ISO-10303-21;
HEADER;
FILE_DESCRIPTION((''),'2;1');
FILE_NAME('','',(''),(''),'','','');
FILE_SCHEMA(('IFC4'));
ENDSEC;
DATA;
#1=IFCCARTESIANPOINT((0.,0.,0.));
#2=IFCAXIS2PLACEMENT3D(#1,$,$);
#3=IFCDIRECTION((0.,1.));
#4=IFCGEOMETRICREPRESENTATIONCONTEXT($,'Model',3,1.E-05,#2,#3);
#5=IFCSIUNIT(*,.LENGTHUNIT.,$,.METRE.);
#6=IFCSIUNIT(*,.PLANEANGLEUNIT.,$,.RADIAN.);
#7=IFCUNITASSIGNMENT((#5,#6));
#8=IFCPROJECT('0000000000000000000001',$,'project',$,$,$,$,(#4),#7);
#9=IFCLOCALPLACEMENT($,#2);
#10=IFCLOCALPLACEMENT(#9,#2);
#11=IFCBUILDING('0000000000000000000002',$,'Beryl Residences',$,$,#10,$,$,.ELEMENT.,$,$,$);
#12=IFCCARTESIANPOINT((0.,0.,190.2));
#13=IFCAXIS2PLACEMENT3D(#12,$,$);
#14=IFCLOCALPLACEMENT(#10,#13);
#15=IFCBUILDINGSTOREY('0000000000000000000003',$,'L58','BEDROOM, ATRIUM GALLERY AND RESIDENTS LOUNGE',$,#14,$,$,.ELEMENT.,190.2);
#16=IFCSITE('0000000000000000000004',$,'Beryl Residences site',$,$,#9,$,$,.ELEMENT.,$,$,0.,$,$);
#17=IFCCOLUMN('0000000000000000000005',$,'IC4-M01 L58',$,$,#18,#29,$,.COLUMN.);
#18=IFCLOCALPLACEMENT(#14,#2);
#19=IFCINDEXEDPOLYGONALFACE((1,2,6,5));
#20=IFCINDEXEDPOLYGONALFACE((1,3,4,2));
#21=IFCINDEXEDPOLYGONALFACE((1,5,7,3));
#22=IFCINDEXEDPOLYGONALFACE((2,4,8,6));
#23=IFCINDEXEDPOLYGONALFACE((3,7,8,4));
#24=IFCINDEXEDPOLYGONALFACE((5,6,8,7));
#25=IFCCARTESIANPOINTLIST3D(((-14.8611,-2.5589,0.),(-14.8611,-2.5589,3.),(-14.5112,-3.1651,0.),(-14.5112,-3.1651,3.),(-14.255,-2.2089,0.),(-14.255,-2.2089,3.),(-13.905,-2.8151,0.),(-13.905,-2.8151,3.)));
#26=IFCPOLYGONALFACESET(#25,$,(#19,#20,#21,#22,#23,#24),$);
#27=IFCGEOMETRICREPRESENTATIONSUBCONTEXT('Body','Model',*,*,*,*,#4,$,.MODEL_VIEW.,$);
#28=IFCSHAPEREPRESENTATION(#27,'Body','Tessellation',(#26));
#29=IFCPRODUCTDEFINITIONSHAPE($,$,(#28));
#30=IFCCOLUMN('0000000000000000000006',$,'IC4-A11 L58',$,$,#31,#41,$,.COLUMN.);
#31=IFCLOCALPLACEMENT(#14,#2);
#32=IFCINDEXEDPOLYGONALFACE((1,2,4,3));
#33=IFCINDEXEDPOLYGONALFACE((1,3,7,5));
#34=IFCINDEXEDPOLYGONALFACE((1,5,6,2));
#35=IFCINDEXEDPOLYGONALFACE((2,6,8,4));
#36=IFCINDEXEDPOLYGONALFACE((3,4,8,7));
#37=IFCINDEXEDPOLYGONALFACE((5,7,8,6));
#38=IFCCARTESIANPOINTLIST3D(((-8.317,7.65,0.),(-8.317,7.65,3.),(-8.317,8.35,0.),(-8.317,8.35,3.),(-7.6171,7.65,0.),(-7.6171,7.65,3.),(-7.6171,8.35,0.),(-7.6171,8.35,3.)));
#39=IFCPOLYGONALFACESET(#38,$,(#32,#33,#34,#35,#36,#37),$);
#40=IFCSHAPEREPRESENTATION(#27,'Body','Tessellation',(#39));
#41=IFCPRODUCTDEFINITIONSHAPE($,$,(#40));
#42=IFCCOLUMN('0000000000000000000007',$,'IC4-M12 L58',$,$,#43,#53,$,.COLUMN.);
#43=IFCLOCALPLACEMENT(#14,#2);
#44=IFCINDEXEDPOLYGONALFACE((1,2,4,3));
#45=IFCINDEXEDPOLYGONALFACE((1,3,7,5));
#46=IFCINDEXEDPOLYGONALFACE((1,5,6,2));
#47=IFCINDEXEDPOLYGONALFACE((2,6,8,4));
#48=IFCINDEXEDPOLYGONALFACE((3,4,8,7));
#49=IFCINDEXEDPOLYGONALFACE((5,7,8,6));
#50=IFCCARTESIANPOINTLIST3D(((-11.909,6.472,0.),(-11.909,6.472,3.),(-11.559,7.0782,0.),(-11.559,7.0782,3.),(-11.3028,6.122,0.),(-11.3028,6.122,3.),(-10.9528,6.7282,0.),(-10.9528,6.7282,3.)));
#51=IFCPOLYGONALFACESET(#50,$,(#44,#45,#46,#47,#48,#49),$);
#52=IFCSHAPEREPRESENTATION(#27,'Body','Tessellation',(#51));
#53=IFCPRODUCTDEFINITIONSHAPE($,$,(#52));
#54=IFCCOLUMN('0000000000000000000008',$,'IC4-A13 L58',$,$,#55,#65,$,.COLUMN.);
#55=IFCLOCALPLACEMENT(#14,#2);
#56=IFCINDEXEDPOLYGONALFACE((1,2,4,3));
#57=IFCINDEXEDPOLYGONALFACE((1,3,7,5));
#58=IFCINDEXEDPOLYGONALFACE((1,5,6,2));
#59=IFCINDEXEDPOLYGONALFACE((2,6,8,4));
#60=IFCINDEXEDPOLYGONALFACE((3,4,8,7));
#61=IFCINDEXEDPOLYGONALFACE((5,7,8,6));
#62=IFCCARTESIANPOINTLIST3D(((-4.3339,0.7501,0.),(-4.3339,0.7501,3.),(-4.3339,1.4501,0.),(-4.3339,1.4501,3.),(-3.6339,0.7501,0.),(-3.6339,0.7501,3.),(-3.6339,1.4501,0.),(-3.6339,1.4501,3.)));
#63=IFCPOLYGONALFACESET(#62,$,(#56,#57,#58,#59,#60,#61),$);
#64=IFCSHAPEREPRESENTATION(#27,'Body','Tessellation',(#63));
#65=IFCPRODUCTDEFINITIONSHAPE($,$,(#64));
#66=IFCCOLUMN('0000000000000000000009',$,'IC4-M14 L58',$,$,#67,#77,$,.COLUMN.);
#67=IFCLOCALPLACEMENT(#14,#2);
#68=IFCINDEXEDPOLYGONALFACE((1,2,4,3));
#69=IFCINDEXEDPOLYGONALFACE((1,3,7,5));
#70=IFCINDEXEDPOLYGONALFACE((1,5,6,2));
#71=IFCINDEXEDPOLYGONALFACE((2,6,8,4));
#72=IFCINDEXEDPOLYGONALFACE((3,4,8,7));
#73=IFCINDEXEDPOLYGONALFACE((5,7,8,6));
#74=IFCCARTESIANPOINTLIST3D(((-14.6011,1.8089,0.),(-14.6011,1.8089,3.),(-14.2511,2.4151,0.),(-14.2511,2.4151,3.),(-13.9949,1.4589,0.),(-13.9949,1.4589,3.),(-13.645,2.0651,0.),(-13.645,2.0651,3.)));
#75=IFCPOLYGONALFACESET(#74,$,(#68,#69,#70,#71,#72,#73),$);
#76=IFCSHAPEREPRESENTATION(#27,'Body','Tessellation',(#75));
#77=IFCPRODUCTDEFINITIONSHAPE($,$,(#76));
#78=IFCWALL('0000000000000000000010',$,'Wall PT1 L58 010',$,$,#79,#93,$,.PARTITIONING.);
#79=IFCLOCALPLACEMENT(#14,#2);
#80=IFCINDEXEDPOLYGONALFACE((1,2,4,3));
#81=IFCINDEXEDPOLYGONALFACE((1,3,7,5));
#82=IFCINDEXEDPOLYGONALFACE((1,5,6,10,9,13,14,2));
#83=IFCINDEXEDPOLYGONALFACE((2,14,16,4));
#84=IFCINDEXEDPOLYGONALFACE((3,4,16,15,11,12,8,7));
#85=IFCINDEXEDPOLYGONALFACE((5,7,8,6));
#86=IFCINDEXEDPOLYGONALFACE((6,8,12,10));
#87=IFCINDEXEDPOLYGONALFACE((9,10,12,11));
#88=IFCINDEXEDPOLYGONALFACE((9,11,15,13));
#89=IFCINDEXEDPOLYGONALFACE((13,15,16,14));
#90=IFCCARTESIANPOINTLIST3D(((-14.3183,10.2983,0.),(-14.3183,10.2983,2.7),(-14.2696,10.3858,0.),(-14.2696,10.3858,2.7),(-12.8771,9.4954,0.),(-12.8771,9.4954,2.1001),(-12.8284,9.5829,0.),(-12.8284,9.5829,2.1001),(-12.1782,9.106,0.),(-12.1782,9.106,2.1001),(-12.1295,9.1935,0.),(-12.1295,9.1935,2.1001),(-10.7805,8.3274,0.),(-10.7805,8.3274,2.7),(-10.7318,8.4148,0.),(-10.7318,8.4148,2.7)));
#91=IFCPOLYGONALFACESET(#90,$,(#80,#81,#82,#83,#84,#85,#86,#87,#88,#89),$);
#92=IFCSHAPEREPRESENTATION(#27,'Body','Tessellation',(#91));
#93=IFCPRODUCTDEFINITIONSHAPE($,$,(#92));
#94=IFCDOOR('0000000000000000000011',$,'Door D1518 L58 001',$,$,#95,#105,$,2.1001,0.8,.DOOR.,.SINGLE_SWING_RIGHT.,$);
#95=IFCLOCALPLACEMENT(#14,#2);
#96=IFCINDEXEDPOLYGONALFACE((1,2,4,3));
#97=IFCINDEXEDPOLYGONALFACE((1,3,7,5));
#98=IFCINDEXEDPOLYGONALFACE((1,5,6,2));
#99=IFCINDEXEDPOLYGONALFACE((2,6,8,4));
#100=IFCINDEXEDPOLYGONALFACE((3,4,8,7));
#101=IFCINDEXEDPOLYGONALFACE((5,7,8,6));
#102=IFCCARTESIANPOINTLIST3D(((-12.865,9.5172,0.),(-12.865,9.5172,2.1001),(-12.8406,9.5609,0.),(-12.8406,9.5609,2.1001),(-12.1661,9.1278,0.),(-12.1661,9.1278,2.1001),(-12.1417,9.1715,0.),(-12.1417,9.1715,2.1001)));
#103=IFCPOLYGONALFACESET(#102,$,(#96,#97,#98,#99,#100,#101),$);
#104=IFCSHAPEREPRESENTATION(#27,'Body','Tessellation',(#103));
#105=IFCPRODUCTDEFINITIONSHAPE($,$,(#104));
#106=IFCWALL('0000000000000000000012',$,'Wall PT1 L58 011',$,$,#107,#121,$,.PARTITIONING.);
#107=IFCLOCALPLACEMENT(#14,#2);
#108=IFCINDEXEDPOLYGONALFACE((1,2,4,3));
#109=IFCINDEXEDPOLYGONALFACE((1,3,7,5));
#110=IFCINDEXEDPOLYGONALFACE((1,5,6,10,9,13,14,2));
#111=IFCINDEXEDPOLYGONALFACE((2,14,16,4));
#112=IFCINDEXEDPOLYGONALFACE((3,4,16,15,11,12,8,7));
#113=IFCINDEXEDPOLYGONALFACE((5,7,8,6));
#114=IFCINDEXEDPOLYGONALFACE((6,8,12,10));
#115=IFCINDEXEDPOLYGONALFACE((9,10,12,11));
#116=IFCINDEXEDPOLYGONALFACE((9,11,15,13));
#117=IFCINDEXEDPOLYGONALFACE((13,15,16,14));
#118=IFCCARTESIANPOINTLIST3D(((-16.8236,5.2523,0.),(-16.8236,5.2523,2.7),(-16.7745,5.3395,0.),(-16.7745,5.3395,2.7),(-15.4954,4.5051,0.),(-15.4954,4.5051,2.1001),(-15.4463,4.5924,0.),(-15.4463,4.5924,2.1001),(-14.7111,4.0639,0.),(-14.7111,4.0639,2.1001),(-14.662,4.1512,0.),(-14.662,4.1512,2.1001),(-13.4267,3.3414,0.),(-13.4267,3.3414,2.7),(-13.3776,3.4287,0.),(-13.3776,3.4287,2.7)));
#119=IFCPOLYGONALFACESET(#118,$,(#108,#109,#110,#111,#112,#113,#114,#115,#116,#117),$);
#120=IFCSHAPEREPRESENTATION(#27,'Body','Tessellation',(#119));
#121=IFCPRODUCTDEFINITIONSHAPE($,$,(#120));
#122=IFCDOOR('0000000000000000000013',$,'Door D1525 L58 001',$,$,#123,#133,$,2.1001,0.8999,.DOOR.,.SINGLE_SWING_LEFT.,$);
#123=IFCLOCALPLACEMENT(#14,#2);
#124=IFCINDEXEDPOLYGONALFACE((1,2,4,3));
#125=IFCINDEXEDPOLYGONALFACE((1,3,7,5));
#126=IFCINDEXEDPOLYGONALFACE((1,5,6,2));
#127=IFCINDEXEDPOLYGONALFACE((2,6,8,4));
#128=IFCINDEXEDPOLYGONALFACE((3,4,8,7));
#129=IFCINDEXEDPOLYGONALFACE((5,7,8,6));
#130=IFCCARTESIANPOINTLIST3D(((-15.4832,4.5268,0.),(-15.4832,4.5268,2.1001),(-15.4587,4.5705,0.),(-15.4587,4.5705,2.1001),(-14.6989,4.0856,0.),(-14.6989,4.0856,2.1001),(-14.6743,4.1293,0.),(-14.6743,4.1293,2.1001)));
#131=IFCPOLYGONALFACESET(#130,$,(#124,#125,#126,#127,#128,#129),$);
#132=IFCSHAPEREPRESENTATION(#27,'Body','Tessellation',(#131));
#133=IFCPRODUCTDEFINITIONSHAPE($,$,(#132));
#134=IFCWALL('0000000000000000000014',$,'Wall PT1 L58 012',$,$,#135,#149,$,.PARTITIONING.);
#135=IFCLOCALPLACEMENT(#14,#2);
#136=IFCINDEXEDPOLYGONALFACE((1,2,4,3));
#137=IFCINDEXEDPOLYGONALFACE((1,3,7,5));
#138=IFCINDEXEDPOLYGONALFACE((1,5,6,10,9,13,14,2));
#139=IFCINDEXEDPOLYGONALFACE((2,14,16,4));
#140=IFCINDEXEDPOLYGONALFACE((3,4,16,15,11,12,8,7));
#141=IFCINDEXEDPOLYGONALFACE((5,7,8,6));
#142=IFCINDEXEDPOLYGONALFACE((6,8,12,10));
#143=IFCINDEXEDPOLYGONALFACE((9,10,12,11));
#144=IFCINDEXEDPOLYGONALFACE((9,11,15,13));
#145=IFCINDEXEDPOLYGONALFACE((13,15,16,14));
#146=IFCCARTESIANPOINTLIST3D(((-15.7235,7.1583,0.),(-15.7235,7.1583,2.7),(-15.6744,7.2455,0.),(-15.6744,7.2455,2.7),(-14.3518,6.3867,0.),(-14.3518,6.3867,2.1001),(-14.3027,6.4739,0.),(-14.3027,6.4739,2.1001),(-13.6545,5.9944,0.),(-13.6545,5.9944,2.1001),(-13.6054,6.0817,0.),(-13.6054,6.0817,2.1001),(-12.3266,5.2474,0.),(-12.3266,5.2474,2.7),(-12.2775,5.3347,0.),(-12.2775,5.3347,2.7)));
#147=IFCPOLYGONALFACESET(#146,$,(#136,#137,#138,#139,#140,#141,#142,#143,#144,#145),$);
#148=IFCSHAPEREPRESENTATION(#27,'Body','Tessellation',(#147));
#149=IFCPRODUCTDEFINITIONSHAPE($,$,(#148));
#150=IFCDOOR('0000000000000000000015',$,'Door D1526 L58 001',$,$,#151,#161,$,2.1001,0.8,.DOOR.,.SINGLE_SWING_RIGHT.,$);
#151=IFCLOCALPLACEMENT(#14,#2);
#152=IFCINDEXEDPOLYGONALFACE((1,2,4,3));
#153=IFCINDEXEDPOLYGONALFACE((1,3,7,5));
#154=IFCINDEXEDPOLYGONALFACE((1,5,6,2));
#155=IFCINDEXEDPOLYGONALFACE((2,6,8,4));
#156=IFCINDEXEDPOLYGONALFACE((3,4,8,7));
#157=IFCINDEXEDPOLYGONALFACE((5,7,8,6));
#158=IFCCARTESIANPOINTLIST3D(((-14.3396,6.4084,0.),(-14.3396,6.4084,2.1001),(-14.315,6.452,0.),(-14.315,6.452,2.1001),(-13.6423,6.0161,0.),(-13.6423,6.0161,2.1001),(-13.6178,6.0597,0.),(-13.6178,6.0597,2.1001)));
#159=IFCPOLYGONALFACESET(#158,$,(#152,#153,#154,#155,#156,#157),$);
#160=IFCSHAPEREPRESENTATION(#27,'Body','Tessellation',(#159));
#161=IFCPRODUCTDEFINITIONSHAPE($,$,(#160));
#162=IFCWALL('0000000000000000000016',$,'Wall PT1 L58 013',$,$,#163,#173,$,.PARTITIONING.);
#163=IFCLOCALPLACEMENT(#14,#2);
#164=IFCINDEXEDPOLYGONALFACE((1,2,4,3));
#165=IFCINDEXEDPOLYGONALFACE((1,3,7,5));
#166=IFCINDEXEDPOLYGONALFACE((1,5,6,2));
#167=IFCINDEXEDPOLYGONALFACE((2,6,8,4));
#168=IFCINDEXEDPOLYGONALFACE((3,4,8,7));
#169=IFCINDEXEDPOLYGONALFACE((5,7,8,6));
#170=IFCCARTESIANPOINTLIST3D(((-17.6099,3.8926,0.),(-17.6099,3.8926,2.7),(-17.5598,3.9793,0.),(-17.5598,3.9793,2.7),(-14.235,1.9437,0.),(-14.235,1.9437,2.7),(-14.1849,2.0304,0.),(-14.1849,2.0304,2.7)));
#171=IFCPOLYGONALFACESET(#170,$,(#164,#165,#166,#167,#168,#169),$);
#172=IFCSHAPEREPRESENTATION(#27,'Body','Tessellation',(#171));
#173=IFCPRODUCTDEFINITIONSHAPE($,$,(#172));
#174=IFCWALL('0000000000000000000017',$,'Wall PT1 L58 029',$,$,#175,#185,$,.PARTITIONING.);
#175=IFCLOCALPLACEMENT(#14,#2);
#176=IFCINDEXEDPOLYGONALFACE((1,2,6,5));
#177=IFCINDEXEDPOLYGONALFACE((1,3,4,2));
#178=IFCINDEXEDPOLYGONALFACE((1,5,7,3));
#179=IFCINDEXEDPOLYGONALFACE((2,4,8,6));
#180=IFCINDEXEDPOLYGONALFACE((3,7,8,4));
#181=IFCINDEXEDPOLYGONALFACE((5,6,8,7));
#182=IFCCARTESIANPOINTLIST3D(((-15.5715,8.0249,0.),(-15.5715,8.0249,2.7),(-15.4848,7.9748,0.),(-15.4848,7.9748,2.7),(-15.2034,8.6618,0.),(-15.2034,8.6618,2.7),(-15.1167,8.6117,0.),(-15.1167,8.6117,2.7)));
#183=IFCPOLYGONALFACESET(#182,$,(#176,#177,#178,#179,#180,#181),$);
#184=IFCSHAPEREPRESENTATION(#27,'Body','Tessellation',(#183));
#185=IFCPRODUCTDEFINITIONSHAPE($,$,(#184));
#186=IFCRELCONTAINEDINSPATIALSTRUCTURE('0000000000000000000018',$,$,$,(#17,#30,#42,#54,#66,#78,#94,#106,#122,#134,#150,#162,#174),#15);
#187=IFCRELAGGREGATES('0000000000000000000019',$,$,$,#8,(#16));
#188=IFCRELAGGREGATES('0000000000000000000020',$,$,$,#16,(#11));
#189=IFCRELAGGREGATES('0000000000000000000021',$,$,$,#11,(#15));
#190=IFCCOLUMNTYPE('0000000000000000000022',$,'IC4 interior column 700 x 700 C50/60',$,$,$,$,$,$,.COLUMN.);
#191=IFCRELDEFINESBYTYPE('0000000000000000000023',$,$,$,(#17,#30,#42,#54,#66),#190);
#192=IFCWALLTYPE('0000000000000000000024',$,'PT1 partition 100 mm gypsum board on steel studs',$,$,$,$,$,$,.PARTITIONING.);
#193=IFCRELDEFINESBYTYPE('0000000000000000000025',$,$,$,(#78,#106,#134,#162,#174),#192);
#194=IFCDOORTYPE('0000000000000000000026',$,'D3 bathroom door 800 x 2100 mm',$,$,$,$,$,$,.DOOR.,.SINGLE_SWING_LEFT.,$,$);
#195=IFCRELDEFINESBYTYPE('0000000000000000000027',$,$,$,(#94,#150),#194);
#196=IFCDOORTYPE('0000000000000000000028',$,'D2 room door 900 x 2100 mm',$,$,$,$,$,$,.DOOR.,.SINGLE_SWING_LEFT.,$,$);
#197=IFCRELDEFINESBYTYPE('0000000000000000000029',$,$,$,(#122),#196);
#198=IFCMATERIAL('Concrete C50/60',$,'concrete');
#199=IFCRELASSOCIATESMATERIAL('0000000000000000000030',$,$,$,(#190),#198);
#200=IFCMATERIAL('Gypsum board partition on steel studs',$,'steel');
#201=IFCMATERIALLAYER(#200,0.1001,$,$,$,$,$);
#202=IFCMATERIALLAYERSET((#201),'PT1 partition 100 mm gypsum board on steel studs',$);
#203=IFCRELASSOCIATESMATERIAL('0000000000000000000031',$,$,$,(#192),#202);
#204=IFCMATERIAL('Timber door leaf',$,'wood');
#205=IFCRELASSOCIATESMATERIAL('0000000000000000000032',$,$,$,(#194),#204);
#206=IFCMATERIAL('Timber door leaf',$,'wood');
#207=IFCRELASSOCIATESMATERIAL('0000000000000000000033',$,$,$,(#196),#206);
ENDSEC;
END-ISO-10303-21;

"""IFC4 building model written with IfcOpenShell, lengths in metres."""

from ifc_helpers import new_model, si_unit, direction, frame, frame_2d, origin, origin_2d, place, context, subcontext, project, spatial, rectangle, extrude, material, layer, layer_set, material_profile, profile_set, type_object, element, fill, save


model = new_model("IFC4")

# Units and contexts
model_context = context("Model", 3, precision=1e-05, world=origin(), true_north=direction((0.0, 1.0)))
body_context = subcontext(model_context, "Body", "Model", "MODEL_VIEW")
ifc_project = project(units=[si_unit("LENGTHUNIT", "METRE"), si_unit("PLANEANGLEUNIT", "RADIAN")], contexts=[model_context])

# Site, building, storey
site_placement = place(None, origin())
site = spatial("IfcSite", under=ifc_project, at=site_placement, Name="Beryl Residences site", CompositionType="ELEMENT", RefElevation=0.0)
building_placement = place(site_placement, origin())
building = spatial("IfcBuilding", under=site, at=building_placement, Name="Beryl Residences", CompositionType="ELEMENT")
storey_placement = place(building_placement, frame((0.0, 0.0, 190.2)))
storey = spatial("IfcBuildingStorey", under=building, at=storey_placement, Name="L58", Description="BEDROOM, ATRIUM GALLERY AND RESIDENTS LOUNGE", CompositionType="ELEMENT", Elevation=190.2)

# Columns
ifc_material_1 = material(Name="Concrete C50/60", Category="concrete")
ifc_material_profile = material_profile(ifc_material_1, rectangle(XDim=0.7, YDim=0.7, at=origin_2d()))
ifc_profile_set = profile_set([ifc_material_profile], Name="Concrete C50/60")
column_type = type_object("IfcColumnType", Name="IC4 interior column 700 x 700 C50/60", PredefinedType="COLUMN", material=ifc_profile_set)
for number, where, z_axis, x_axis, name in (
    (1, (-14.3831, -2.687, 0.0), (0.0, 0.0, 1.0), (0.5, -0.866025, 0.0), "IC4-M01 L58"),
    (2, (-7.967, 8.0, 0.0), (0.0, 0.0, 1.0), (1.0, 0.0, 0.0), "IC4-A11 L58"),
    (3, (-11.4309, 6.6001, 0.0), (0.0, 0.0, 1.0), (-0.5, -0.866025, 0.0), "IC4-M12 L58"),
    (4, (-3.9839, 1.1001, 0.0), (0.0, 0.0, 1.0), (1.0, 0.0, 0.0), "IC4-A13 L58"),
    (5, (-14.123, 1.937, 0.0), (0.0, 0.0, 1.0), (-0.5, -0.866025, 0.0), "IC4-M14 L58"),
):
    element("IfcColumn", number, at=place(storey_placement, frame(where, z_axis=z_axis, x_axis=x_axis)), inside=storey, type_object=column_type, Name=name, PredefinedType="COLUMN", context=body_context, shape_type="SweptSolid", body=[
        extrude(rectangle(XDim=0.7, YDim=0.7, at=origin_2d()), origin(), (0.0, 0.0, 1.0), 3.0),
    ])

# Walls, openings, doors
ifc_material_2 = material(Name="Gypsum board partition on steel studs", Category="steel")
ifc_layer_1 = layer(ifc_material_2, 0.1001)
ifc_layer_set_1 = layer_set([ifc_layer_1], Name="PT1 partition 100 mm gypsum board on steel studs")
wall_type_1 = type_object("IfcWallType", Name="PT1 partition 100 mm gypsum board on steel studs", PredefinedType="PARTITIONING", material=ifc_layer_set_1)
wall_1_placement = place(storey_placement, frame((-14.2939, 10.342, 0.0), z_axis=(0.0, 0.0, 1.0), x_axis=(0.873582, -0.486677, 0.0)))
wall_1 = element("IfcWall", 6, at=wall_1_placement, inside=storey, type_object=wall_type_1, Name="Wall PT1 L58 010", PredefinedType="PARTITIONING", context=body_context, shape_type="SweptSolid", body=[
    extrude(rectangle(XDim=4.0498, YDim=0.1001, at=frame_2d((2.0249, 0.0))), origin(), (0.0, 0.0, 1.0), 2.7),
])
opening_1_placement = place(wall_1_placement, frame((1.6499, 0.0, 0.0)))
opening_1 = element("IfcOpeningElement", 7, at=opening_1_placement, cuts=wall_1, PredefinedType="OPENING", context=body_context, shape_type="SweptSolid", body=[
    extrude(rectangle(XDim=0.8, YDim=2.1001, at=frame_2d((0.3999, 1.05))), frame((0.0, 0.0601, 0.0), z_axis=(0.0, -1.0, 0.0), x_axis=(1.0, 0.0, 0.0)), (0.0, 0.0, 1.0), 0.1201),
])
ifc_material_3 = material(Name="Timber door leaf", Category="wood")
door_type_1 = type_object("IfcDoorType", Name="D3 bathroom door 800 x 2100 mm", OperationType="SINGLE_SWING_LEFT", PredefinedType="DOOR", material=ifc_material_3)
door_1_placement = place(opening_1_placement, origin())
door_1 = element("IfcDoor", 8, at=door_1_placement, inside=storey, type_object=door_type_1, Name="Door D1518 L58 001", OperationType="SINGLE_SWING_RIGHT", OverallHeight=2.1001, OverallWidth=0.8, PredefinedType="DOOR", context=body_context, shape_type="SweptSolid", body=[
    extrude(rectangle(XDim=0.8, YDim=2.1001, at=frame_2d((0.3999, 1.05))), frame((0.0, 0.0249, 0.0), z_axis=(0.0, -1.0, 0.0), x_axis=(1.0, 0.0, 0.0)), (0.0, 0.0, 1.0), 0.05),
])
fill(opening_1, door_1)
wall_2_placement = place(storey_placement, frame((-16.7991, 5.2959, 0.0), z_axis=(0.0, 0.0, 1.0), x_axis=(0.871565, -0.490279, 0.0)))
wall_2 = element("IfcWall", 9, at=wall_2_placement, inside=storey, type_object=wall_type_1, Name="Wall PT1 L58 011", PredefinedType="PARTITIONING", context=body_context, shape_type="SweptSolid", body=[
    extrude(rectangle(XDim=3.8975, YDim=0.1001, at=frame_2d((1.9487, 0.0))), origin(), (0.0, 0.0, 1.0), 2.7),
])
opening_2_placement = place(wall_2_placement, frame((1.5239, 0.0, 0.0)))
opening_2 = element("IfcOpeningElement", 10, at=opening_2_placement, cuts=wall_2, PredefinedType="OPENING", context=body_context, shape_type="SweptSolid", body=[
    extrude(rectangle(XDim=0.8999, YDim=2.1001, at=frame_2d((0.45, 1.05))), frame((0.0, 0.0601, 0.0), z_axis=(0.0, -1.0, 0.0), x_axis=(1.0, 0.0, 0.0)), (0.0, 0.0, 1.0), 0.1201),
])
ifc_material_4 = material(Name="Timber door leaf", Category="wood")
door_type_2 = type_object("IfcDoorType", Name="D2 room door 900 x 2100 mm", OperationType="SINGLE_SWING_LEFT", PredefinedType="DOOR", material=ifc_material_4)
door_2_placement = place(opening_2_placement, origin())
door_2 = element("IfcDoor", 11, at=door_2_placement, inside=storey, type_object=door_type_2, Name="Door D1525 L58 001", OperationType="SINGLE_SWING_LEFT", OverallHeight=2.1001, OverallWidth=0.8999, PredefinedType="DOOR", context=body_context, shape_type="SweptSolid", body=[
    extrude(rectangle(XDim=0.8999, YDim=2.1001, at=frame_2d((0.45, 1.05))), frame((0.0, 0.0249, 0.0), z_axis=(0.0, -1.0, 0.0), x_axis=(1.0, 0.0, 0.0)), (0.0, 0.0, 1.0), 0.05),
])
fill(opening_2, door_2)
wall_3_placement = place(storey_placement, frame((-15.699, 7.2019, 0.0), z_axis=(0.0, 0.0, 1.0), x_axis=(0.871565, -0.490279, 0.0)))
wall_3 = element("IfcWall", 12, at=wall_3_placement, inside=storey, type_object=wall_type_1, Name="Wall PT1 L58 012", PredefinedType="PARTITIONING", context=body_context, shape_type="SweptSolid", body=[
    extrude(rectangle(XDim=3.8975, YDim=0.1001, at=frame_2d((1.9487, 0.0))), origin(), (0.0, 0.0, 1.0), 2.7),
])
opening_3_placement = place(wall_3_placement, frame((1.574, 0.0, 0.0)))
opening_3 = element("IfcOpeningElement", 13, at=opening_3_placement, cuts=wall_3, PredefinedType="OPENING", context=body_context, shape_type="SweptSolid", body=[
    extrude(rectangle(XDim=0.8, YDim=2.1001, at=frame_2d((0.3999, 1.05))), frame((0.0, 0.0601, 0.0), z_axis=(0.0, -1.0, 0.0), x_axis=(1.0, 0.0, 0.0)), (0.0, 0.0, 1.0), 0.1201),
])
door_3_placement = place(opening_3_placement, origin())
door_3 = element("IfcDoor", 14, at=door_3_placement, inside=storey, type_object=door_type_1, Name="Door D1526 L58 001", OperationType="SINGLE_SWING_RIGHT", OverallHeight=2.1001, OverallWidth=0.8, PredefinedType="DOOR", context=body_context, shape_type="SweptSolid", body=[
    extrude(rectangle(XDim=0.8, YDim=2.1001, at=frame_2d((0.3999, 1.05))), frame((0.0, 0.0249, 0.0), z_axis=(0.0, -1.0, 0.0), x_axis=(1.0, 0.0, 0.0)), (0.0, 0.0, 1.0), 0.05),
])
fill(opening_3, door_3)

# Walls
wall_4_placement = place(storey_placement, frame((-17.585, 3.936, 0.0), z_axis=(0.0, 0.0, 1.0), x_axis=(0.865979, -0.50008, 0.0)))
element("IfcWall", 15, at=wall_4_placement, inside=storey, type_object=wall_type_1, Name="Wall PT1 L58 013", PredefinedType="PARTITIONING", context=body_context, shape_type="SweptSolid", body=[
    extrude(rectangle(XDim=3.8972, YDim=0.1001, at=frame_2d((1.9487, 0.0))), origin(), (0.0, 0.0, 1.0), 2.7),
])
wall_5_placement = place(storey_placement, frame((-15.5281, 8.0, 0.0), z_axis=(0.0, 0.0, 1.0), x_axis=(0.500421, 0.865782, 0.0)))
element("IfcWall", 16, at=wall_5_placement, inside=storey, type_object=wall_type_1, Name="Wall PT1 L58 029", PredefinedType="PARTITIONING", context=body_context, shape_type="SweptSolid", body=[
    extrude(rectangle(XDim=0.7356, YDim=0.1001, at=frame_2d((0.3677, 0.0))), origin(), (0.0, 0.0, 1.0), 2.7),
])

save(model, "model.ifc")
